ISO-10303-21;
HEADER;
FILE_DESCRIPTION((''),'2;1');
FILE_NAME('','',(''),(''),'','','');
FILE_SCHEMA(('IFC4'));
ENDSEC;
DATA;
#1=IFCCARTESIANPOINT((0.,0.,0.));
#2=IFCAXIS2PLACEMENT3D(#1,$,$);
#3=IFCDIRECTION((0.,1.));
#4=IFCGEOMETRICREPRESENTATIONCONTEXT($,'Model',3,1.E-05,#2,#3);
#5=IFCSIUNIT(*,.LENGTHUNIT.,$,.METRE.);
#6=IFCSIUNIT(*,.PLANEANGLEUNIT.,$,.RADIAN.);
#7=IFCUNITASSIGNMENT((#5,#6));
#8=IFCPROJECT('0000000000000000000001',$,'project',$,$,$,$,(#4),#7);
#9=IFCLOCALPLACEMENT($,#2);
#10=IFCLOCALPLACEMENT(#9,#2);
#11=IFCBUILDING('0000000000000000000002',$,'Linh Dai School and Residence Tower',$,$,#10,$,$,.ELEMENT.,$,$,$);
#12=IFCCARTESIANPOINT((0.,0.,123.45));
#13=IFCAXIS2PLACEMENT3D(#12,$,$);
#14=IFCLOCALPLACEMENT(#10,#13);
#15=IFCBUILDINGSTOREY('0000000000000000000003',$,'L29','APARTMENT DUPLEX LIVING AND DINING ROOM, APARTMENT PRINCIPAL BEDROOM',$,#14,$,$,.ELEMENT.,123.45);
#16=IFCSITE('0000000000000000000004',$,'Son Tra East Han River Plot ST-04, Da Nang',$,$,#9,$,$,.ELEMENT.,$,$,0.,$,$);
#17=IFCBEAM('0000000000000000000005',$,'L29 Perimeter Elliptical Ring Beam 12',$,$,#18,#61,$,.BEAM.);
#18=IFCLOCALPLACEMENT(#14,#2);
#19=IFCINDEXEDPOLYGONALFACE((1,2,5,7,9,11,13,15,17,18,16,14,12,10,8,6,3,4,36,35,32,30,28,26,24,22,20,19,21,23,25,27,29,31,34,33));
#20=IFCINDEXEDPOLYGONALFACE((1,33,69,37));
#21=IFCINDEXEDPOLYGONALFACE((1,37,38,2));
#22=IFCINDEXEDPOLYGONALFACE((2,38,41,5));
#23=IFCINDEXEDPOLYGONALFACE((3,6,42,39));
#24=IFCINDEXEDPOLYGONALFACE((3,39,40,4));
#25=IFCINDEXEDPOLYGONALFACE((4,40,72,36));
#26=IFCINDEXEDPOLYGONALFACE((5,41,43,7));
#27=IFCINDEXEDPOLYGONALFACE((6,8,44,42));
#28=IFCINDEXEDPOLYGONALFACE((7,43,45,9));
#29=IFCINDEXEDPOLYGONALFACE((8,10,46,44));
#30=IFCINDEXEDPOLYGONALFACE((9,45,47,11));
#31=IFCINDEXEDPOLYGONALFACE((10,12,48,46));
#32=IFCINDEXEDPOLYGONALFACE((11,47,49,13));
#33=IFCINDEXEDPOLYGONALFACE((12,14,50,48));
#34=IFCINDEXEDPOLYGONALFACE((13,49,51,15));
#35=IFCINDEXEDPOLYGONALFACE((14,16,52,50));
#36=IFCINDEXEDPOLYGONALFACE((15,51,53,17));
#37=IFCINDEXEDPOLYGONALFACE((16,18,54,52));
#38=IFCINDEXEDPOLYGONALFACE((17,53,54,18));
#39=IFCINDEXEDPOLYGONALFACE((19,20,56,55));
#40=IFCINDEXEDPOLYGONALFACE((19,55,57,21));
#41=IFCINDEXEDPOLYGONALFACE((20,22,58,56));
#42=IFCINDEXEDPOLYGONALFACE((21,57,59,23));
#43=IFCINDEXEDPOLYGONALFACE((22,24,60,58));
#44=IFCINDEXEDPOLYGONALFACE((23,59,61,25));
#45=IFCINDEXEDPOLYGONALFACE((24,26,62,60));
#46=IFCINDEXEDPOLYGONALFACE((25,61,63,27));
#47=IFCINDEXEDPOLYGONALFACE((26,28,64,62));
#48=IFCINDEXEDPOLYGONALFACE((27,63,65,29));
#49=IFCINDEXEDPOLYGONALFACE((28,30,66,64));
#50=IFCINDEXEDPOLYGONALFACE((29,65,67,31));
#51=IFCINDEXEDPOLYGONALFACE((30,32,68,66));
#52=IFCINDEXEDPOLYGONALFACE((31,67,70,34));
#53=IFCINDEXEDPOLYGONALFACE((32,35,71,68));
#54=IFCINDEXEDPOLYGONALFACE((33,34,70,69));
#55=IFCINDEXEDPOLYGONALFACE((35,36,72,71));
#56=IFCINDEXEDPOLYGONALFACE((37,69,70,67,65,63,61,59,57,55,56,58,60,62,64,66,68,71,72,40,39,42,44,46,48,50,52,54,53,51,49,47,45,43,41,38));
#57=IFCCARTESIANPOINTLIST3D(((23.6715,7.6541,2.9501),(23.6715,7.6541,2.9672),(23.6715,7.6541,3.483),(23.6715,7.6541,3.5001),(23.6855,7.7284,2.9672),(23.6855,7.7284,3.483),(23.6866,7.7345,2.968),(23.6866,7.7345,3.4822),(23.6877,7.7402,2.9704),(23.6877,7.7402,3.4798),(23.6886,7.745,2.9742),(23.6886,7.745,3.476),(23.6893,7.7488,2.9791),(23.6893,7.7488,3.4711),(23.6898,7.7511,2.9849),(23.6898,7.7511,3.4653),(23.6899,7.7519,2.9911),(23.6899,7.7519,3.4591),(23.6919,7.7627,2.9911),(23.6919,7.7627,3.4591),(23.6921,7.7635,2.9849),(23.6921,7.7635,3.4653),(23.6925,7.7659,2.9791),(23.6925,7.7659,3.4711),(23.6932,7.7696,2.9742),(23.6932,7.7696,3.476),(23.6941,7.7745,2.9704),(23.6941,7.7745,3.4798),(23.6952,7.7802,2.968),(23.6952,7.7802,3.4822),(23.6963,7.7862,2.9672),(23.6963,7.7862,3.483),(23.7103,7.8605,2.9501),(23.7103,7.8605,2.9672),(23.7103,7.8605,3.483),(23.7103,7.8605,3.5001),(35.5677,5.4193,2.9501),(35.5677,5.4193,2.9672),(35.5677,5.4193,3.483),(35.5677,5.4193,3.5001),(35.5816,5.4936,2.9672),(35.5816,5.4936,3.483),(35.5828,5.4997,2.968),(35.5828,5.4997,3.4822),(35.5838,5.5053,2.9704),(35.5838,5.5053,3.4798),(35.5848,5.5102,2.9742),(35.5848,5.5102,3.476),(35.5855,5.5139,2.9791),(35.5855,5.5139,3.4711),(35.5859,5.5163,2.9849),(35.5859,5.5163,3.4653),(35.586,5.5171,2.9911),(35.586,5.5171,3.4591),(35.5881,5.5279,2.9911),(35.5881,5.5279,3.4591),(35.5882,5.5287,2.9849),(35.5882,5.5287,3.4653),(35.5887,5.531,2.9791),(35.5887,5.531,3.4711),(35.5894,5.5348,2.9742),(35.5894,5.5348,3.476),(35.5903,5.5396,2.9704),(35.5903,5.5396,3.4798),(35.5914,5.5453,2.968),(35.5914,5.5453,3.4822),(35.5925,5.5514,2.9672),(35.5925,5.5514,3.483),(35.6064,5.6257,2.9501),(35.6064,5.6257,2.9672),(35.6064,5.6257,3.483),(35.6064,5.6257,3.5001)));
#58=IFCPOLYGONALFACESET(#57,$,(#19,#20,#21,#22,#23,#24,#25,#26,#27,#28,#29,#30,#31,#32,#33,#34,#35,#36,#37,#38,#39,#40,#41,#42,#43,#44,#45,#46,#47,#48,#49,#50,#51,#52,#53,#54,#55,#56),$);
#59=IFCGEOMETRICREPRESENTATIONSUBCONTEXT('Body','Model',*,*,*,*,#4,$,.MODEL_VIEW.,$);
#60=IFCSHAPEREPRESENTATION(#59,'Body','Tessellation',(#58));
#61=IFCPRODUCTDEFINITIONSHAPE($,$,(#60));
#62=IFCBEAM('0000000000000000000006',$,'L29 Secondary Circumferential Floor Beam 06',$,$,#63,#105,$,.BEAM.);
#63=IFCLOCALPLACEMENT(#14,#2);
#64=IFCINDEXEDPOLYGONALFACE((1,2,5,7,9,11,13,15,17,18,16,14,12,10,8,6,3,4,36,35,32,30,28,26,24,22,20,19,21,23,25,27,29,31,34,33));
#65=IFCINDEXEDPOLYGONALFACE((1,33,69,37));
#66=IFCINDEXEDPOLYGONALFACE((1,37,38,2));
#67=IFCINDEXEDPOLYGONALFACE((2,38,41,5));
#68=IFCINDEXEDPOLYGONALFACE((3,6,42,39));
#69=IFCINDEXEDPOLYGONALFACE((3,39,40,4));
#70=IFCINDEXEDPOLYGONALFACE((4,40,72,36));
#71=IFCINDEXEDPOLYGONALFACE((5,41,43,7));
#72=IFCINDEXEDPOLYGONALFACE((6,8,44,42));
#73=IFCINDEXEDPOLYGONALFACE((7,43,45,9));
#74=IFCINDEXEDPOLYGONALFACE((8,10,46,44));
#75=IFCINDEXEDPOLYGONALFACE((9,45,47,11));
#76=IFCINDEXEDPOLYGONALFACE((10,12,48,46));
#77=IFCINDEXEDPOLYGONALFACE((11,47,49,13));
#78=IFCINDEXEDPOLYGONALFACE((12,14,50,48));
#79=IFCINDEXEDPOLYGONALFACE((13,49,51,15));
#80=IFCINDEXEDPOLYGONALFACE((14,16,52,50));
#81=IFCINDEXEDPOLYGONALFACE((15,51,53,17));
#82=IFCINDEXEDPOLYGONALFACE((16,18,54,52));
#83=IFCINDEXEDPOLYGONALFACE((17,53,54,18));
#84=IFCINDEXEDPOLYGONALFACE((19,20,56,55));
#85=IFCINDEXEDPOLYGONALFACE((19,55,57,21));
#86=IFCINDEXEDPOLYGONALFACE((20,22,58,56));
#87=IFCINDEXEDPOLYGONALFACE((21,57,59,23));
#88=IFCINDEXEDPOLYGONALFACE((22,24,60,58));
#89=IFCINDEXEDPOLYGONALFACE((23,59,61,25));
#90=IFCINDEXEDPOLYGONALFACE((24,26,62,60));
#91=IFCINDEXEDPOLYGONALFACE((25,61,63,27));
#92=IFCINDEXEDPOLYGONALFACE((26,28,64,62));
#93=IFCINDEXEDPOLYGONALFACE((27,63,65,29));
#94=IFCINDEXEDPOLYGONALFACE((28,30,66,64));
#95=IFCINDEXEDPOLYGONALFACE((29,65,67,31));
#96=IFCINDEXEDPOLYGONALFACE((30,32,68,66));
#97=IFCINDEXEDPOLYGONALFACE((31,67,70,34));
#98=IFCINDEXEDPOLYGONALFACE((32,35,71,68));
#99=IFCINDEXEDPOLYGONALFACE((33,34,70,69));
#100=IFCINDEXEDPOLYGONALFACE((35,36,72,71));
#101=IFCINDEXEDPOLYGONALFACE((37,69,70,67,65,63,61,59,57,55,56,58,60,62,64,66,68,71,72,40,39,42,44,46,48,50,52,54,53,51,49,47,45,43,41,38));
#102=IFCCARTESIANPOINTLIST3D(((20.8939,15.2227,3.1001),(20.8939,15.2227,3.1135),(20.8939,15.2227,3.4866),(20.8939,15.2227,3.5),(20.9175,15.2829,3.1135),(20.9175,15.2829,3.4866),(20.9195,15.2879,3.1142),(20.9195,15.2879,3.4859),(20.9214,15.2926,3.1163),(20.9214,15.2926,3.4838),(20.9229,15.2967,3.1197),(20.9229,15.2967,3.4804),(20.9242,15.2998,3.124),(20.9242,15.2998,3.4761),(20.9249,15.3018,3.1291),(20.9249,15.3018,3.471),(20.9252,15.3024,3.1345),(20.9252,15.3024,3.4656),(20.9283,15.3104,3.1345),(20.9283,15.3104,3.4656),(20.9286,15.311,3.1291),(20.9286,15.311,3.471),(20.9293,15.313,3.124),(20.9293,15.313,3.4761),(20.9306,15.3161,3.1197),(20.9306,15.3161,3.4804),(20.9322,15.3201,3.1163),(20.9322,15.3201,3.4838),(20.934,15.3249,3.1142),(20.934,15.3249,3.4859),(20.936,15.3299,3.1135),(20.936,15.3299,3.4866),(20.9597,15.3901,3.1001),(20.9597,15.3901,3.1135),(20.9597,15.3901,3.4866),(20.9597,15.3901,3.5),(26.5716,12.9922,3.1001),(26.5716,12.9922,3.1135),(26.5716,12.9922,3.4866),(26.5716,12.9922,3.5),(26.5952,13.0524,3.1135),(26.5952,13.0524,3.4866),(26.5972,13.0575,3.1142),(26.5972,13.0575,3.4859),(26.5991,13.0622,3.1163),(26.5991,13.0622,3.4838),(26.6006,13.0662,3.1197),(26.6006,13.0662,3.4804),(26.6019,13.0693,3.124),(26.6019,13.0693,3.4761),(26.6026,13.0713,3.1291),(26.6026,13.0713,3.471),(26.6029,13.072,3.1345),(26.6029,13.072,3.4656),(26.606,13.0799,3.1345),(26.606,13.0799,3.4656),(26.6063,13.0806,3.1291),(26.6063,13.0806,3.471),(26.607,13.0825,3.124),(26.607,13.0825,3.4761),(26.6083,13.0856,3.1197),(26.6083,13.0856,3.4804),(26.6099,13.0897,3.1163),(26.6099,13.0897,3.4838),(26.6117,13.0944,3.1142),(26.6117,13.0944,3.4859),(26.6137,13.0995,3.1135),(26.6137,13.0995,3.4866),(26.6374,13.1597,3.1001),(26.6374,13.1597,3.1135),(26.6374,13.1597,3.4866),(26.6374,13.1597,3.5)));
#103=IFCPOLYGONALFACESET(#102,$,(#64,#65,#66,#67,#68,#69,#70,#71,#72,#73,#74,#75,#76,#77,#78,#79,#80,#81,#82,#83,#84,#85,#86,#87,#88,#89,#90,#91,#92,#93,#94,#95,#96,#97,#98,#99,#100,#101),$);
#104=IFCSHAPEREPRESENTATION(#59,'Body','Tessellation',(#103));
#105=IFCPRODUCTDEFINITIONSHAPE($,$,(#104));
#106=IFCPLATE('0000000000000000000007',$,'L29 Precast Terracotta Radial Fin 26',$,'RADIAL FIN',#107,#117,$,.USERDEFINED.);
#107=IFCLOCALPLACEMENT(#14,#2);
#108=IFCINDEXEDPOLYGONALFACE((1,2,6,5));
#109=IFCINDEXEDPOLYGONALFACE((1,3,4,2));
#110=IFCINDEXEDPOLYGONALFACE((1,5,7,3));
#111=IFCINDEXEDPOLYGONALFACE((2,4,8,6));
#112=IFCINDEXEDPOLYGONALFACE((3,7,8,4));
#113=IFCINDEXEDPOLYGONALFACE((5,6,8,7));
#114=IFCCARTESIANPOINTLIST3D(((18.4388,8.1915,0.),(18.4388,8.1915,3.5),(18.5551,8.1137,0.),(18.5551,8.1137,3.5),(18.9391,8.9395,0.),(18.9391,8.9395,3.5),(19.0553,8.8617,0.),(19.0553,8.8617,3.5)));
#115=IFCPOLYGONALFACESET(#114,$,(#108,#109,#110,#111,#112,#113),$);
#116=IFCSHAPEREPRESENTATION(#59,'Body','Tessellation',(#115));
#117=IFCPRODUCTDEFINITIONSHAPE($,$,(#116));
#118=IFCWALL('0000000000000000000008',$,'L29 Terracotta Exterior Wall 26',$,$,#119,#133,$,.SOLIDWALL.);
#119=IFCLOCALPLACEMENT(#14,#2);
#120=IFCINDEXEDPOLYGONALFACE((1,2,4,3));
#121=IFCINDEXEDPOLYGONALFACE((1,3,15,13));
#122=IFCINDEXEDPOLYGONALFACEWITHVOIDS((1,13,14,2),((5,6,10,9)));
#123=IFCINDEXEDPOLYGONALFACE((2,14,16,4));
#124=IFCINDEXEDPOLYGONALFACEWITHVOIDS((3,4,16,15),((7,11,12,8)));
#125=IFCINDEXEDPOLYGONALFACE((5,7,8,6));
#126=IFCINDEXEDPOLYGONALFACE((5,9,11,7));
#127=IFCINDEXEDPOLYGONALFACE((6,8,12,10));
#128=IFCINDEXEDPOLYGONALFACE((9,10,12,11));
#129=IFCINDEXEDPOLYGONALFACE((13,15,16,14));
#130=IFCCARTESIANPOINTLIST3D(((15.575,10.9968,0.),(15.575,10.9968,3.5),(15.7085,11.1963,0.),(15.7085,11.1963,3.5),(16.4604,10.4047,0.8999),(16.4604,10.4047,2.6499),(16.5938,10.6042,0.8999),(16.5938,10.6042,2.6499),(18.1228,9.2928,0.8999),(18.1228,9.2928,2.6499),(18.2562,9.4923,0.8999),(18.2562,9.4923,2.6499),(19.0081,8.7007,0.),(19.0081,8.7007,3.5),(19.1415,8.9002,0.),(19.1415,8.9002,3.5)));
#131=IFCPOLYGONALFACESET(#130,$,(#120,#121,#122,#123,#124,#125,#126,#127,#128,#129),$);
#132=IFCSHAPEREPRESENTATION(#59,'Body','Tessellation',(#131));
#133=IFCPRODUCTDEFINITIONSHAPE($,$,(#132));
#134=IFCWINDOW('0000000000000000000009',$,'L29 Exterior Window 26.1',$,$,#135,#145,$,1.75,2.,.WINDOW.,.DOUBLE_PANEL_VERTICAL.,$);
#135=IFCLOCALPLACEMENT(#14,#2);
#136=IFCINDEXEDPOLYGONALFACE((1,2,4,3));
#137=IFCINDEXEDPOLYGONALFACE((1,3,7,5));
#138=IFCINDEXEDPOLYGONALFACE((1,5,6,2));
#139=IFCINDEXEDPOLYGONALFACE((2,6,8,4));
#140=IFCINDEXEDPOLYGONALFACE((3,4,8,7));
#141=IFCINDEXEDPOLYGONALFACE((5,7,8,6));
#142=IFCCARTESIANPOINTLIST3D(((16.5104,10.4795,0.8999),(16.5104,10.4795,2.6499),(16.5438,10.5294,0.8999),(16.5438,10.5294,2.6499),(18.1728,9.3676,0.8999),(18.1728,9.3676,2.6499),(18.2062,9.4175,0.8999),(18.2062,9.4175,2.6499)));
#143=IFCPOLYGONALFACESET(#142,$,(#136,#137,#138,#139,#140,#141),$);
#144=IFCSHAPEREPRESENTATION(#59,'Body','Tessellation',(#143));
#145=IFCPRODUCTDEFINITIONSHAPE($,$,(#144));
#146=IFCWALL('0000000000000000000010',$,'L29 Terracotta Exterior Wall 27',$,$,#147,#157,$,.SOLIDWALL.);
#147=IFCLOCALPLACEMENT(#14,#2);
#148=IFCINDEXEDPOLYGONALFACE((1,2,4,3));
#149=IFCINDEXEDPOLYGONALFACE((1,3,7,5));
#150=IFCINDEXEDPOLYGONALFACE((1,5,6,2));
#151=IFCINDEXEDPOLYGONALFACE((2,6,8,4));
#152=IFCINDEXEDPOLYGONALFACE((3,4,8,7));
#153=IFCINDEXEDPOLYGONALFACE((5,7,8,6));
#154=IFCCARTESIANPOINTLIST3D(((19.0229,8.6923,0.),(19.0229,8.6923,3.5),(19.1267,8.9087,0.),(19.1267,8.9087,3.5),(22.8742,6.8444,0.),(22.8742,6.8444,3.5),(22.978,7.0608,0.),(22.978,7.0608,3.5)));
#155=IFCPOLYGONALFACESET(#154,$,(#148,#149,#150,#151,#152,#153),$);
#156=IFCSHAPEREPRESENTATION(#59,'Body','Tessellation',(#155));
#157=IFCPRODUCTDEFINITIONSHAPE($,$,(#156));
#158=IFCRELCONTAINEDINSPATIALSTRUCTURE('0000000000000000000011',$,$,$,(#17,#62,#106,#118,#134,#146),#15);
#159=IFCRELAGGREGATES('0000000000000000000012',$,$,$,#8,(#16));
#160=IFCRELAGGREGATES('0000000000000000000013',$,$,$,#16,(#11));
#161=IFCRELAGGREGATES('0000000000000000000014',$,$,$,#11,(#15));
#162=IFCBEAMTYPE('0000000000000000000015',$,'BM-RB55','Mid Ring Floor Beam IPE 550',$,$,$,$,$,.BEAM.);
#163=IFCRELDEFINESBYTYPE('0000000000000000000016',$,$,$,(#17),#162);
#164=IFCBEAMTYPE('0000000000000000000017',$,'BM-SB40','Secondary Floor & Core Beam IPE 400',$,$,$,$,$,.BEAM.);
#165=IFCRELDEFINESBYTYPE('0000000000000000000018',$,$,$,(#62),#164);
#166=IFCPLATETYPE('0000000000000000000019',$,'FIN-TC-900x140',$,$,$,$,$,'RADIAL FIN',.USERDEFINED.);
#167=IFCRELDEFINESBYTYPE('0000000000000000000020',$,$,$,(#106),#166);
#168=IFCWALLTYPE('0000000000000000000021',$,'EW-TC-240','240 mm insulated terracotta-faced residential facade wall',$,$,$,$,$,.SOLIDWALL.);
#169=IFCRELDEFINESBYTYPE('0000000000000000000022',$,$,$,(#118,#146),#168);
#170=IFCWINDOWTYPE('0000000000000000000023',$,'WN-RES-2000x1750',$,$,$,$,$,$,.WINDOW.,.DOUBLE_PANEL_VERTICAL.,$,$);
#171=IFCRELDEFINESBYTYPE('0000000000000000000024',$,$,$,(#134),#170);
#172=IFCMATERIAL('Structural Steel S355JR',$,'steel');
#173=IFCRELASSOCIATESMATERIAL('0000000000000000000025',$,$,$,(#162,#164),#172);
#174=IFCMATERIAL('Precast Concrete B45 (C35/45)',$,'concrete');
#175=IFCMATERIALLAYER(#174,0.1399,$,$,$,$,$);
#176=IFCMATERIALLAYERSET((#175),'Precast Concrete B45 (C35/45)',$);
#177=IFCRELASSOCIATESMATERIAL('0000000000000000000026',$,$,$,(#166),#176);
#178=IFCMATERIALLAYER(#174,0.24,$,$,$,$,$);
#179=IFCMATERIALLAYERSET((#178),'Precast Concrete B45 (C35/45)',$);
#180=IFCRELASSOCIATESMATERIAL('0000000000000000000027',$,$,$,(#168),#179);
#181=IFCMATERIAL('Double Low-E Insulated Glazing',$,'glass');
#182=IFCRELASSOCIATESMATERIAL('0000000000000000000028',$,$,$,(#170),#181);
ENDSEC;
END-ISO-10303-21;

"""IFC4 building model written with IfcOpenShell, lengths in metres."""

from ifc_helpers import new_model, si_unit, direction, frame, frame_2d, origin, origin_2d, place, context, subcontext, project, spatial, rectangle, i_section, extrude, source, transform, mapped, material, layer, layer_set, material_profile, profile_set, type_object, element, fill, save


model = new_model("IFC4")

# Units and contexts
model_context = context("Model", 3, precision=1e-05, world=origin(), true_north=direction((0.0, 1.0)))
body_context = subcontext(model_context, "Body", "Model", "MODEL_VIEW")
ifc_project = project(units=[si_unit("LENGTHUNIT", "METRE"), si_unit("PLANEANGLEUNIT", "RADIAN")], contexts=[model_context])

# Site, building, storey
site_placement = place(None, origin())
site = spatial("IfcSite", under=ifc_project, at=site_placement, Name="Son Tra East Han River Plot ST-04, Da Nang", CompositionType="ELEMENT", RefElevation=0.0)
building_placement = place(site_placement, origin())
building = spatial("IfcBuilding", under=site, at=building_placement, Name="Linh Dai School and Residence Tower", CompositionType="ELEMENT")
storey_placement = place(building_placement, frame((0.0, 0.0, 123.45)))
storey = spatial("IfcBuildingStorey", under=building, at=storey_placement, Name="L29", Description="APARTMENT DUPLEX LIVING AND DINING ROOM, APARTMENT PRINCIPAL BEDROOM", CompositionType="ELEMENT", Elevation=123.45)

# Shared definitions
ifc_material_1 = material(Name="Structural Steel S355JR", Category="steel")

# Beams
ifc_material_profile_1 = material_profile(ifc_material_1, i_section(OverallWidth=0.21, OverallDepth=0.55, WebThickness=0.011, FlangeThickness=0.0171, FilletRadius=0.0239, at=origin_2d()), Name="IPE 550")
ifc_profile_set_1 = profile_set([ifc_material_profile_1], Name="Structural Steel S355JR")
beam_type_1 = type_object("IfcBeamType", Name="BM-RB55", Description="Mid Ring Floor Beam IPE 550", PredefinedType="BEAM", material=ifc_profile_set_1)
beam_1_placement = place(storey_placement, frame((23.6909, 7.7573, 3.2251), z_axis=(0.982808, -0.184633, 0.0), x_axis=(0.184633, 0.982808, 0.0)))
element("IfcBeam", 1, at=beam_1_placement, inside=storey, type_object=beam_type_1, Name="L29 Perimeter Elliptical Ring Beam 12", PredefinedType="BEAM", context=body_context, shape_type="SweptSolid", body=[
    extrude(i_section(OverallWidth=0.21, OverallDepth=0.55, WebThickness=0.011, FlangeThickness=0.0171, FilletRadius=0.0239, at=origin_2d()), origin(), (0.0, 0.0, 1.0), 12.1042),
])
ifc_material_profile_2 = material_profile(ifc_material_1, i_section(OverallWidth=0.1799, OverallDepth=0.3999, WebThickness=0.0085, FlangeThickness=0.0134, FilletRadius=0.021, at=origin_2d()), Name="IPE 400")
ifc_profile_set_2 = profile_set([ifc_material_profile_2], Name="Structural Steel S355JR")
beam_type_2 = type_object("IfcBeamType", Name="BM-SB40", Description="Secondary Floor & Core Beam IPE 400", PredefinedType="BEAM", material=ifc_profile_set_2)
beam_2_placement = place(storey_placement, frame((20.9268, 15.3064, 3.3), z_axis=(0.930755, -0.365642, 0.0), x_axis=(0.365642, 0.930755, 0.0)))
element("IfcBeam", 2, at=beam_2_placement, inside=storey, type_object=beam_type_2, Name="L29 Secondary Circumferential Floor Beam 06", PredefinedType="BEAM", context=body_context, shape_type="SweptSolid", body=[
    extrude(i_section(OverallWidth=0.1799, OverallDepth=0.3999, WebThickness=0.0085, FlangeThickness=0.0134, FilletRadius=0.021, at=origin_2d()), origin(), (0.0, 0.0, 1.0), 6.1001),
])

# Plate
ifc_material_2 = material(Name="Precast Concrete B45 (C35/45)", Category="concrete")
ifc_layer_1 = layer(ifc_material_2, 0.1399)
ifc_layer_set_1 = layer_set([ifc_layer_1], Name="Precast Concrete B45 (C35/45)")
plate_type = type_object("IfcPlateType", Name="FIN-TC-900x140", ElementType="RADIAL FIN", PredefinedType="USERDEFINED", material=ifc_layer_set_1)
shared_shape_1 = source(origin(), body_context, "Body", "SweptSolid", [
    extrude(rectangle(XDim=0.8999, YDim=0.1399, at=origin_2d()), origin(), (0.0, 0.0, 1.0), 3.5),
])
plate_placement = place(storey_placement, frame((18.7471, 8.5266, 0.0), z_axis=(0.0, 0.0, 1.0), x_axis=(-0.555913, -0.83124, 0.0)))
element("IfcPlate", 3, at=plate_placement, inside=storey, type_object=plate_type, Name="L29 Precast Terracotta Radial Fin 26", ObjectType="RADIAL FIN", PredefinedType="USERDEFINED", context=body_context, shape_type="MappedRepresentation", body=[
    mapped(shared_shape_1, transform((0.0, 0.0, 0.0), x_axis=(1.0, 0.0, 0.0), y_axis=(0.0, 1.0, 0.0), z_axis=(0.0, 0.0, 1.0), scale=1.0)),
])

# Wall, opening, window
ifc_layer_2 = layer(ifc_material_2, 0.24)
ifc_layer_set_2 = layer_set([ifc_layer_2], Name="Precast Concrete B45 (C35/45)")
wall_type_1 = type_object("IfcWallType", Name="EW-TC-240", Description="240 mm insulated terracotta-faced residential facade wall", PredefinedType="SOLIDWALL", material=ifc_layer_set_2)
wall_1_placement = place(storey_placement, frame((19.0747, 8.8005, 0.0), z_axis=(0.0, 0.0, 1.0), x_axis=(-0.831222, 0.555941, 0.0)))
wall_1 = element("IfcWall", 4, at=wall_1_placement, inside=storey, type_object=wall_type_1, Name="L29 Terracotta Exterior Wall 26", PredefinedType="SOLIDWALL", context=body_context, shape_type="SweptSolid", body=[
    extrude(rectangle(XDim=4.1301, YDim=0.24, at=frame_2d((2.0649, 0.0))), origin(), (0.0, 0.0, 1.0), 3.5),
])
opening_1_placement = place(wall_1_placement, frame((1.0649, 0.0, 0.8999)))
opening_1 = element("IfcOpeningElement", 5, at=opening_1_placement, cuts=wall_1, PredefinedType="OPENING", context=body_context, shape_type="SweptSolid", body=[
    extrude(rectangle(XDim=2.0, YDim=1.75, at=origin_2d()), frame((1.0, 0.1299, 0.875), z_axis=(0.0, -1.0, 0.0), x_axis=(1.0, 0.0, 0.0)), (0.0, 0.0, 1.0), 0.26),
])
ifc_material_3 = material(Name="Double Low-E Insulated Glazing", Category="glass")
window_type = type_object("IfcWindowType", Name="WN-RES-2000x1750", PartitioningType="DOUBLE_PANEL_VERTICAL", PredefinedType="WINDOW", material=ifc_material_3)
shared_shape_2 = source(origin(), body_context, "Body", "SweptSolid", [
    extrude(rectangle(XDim=2.0, YDim=1.75, at=origin_2d()), frame((1.0, 0.03, 0.875), z_axis=(0.0, -1.0, 0.0), x_axis=(1.0, 0.0, 0.0)), (0.0, 0.0, 1.0), 0.0601),
])
window_placement = place(opening_1_placement, origin())
window = element("IfcWindow", 6, at=window_placement, inside=storey, type_object=window_type, Name="L29 Exterior Window 26.1", OverallHeight=1.75, OverallWidth=2.0, PartitioningType="DOUBLE_PANEL_VERTICAL", PredefinedType="WINDOW", context=body_context, shape_type="MappedRepresentation", body=[
    mapped(shared_shape_2, transform((0.0, 0.0, 0.0), x_axis=(1.0, 0.0, 0.0), y_axis=(0.0, 1.0, 0.0), z_axis=(0.0, 0.0, 1.0), scale=1.0)),
])
fill(opening_1, window)

# Wall
wall_2_placement = place(storey_placement, frame((22.926, 6.9526, 0.0), z_axis=(0.0, 0.0, 1.0), x_axis=(-0.90159, 0.432592, 0.0)))
element("IfcWall", 7, at=wall_2_placement, inside=storey, type_object=wall_type_1, Name="L29 Terracotta Exterior Wall 27", PredefinedType="SOLIDWALL", context=body_context, shape_type="SweptSolid", body=[
    extrude(rectangle(XDim=4.2717, YDim=0.24, at=frame_2d((2.1357, 0.0))), origin(), (0.0, 0.0, 1.0), 3.5),
])

save(model, "model.ifc")
